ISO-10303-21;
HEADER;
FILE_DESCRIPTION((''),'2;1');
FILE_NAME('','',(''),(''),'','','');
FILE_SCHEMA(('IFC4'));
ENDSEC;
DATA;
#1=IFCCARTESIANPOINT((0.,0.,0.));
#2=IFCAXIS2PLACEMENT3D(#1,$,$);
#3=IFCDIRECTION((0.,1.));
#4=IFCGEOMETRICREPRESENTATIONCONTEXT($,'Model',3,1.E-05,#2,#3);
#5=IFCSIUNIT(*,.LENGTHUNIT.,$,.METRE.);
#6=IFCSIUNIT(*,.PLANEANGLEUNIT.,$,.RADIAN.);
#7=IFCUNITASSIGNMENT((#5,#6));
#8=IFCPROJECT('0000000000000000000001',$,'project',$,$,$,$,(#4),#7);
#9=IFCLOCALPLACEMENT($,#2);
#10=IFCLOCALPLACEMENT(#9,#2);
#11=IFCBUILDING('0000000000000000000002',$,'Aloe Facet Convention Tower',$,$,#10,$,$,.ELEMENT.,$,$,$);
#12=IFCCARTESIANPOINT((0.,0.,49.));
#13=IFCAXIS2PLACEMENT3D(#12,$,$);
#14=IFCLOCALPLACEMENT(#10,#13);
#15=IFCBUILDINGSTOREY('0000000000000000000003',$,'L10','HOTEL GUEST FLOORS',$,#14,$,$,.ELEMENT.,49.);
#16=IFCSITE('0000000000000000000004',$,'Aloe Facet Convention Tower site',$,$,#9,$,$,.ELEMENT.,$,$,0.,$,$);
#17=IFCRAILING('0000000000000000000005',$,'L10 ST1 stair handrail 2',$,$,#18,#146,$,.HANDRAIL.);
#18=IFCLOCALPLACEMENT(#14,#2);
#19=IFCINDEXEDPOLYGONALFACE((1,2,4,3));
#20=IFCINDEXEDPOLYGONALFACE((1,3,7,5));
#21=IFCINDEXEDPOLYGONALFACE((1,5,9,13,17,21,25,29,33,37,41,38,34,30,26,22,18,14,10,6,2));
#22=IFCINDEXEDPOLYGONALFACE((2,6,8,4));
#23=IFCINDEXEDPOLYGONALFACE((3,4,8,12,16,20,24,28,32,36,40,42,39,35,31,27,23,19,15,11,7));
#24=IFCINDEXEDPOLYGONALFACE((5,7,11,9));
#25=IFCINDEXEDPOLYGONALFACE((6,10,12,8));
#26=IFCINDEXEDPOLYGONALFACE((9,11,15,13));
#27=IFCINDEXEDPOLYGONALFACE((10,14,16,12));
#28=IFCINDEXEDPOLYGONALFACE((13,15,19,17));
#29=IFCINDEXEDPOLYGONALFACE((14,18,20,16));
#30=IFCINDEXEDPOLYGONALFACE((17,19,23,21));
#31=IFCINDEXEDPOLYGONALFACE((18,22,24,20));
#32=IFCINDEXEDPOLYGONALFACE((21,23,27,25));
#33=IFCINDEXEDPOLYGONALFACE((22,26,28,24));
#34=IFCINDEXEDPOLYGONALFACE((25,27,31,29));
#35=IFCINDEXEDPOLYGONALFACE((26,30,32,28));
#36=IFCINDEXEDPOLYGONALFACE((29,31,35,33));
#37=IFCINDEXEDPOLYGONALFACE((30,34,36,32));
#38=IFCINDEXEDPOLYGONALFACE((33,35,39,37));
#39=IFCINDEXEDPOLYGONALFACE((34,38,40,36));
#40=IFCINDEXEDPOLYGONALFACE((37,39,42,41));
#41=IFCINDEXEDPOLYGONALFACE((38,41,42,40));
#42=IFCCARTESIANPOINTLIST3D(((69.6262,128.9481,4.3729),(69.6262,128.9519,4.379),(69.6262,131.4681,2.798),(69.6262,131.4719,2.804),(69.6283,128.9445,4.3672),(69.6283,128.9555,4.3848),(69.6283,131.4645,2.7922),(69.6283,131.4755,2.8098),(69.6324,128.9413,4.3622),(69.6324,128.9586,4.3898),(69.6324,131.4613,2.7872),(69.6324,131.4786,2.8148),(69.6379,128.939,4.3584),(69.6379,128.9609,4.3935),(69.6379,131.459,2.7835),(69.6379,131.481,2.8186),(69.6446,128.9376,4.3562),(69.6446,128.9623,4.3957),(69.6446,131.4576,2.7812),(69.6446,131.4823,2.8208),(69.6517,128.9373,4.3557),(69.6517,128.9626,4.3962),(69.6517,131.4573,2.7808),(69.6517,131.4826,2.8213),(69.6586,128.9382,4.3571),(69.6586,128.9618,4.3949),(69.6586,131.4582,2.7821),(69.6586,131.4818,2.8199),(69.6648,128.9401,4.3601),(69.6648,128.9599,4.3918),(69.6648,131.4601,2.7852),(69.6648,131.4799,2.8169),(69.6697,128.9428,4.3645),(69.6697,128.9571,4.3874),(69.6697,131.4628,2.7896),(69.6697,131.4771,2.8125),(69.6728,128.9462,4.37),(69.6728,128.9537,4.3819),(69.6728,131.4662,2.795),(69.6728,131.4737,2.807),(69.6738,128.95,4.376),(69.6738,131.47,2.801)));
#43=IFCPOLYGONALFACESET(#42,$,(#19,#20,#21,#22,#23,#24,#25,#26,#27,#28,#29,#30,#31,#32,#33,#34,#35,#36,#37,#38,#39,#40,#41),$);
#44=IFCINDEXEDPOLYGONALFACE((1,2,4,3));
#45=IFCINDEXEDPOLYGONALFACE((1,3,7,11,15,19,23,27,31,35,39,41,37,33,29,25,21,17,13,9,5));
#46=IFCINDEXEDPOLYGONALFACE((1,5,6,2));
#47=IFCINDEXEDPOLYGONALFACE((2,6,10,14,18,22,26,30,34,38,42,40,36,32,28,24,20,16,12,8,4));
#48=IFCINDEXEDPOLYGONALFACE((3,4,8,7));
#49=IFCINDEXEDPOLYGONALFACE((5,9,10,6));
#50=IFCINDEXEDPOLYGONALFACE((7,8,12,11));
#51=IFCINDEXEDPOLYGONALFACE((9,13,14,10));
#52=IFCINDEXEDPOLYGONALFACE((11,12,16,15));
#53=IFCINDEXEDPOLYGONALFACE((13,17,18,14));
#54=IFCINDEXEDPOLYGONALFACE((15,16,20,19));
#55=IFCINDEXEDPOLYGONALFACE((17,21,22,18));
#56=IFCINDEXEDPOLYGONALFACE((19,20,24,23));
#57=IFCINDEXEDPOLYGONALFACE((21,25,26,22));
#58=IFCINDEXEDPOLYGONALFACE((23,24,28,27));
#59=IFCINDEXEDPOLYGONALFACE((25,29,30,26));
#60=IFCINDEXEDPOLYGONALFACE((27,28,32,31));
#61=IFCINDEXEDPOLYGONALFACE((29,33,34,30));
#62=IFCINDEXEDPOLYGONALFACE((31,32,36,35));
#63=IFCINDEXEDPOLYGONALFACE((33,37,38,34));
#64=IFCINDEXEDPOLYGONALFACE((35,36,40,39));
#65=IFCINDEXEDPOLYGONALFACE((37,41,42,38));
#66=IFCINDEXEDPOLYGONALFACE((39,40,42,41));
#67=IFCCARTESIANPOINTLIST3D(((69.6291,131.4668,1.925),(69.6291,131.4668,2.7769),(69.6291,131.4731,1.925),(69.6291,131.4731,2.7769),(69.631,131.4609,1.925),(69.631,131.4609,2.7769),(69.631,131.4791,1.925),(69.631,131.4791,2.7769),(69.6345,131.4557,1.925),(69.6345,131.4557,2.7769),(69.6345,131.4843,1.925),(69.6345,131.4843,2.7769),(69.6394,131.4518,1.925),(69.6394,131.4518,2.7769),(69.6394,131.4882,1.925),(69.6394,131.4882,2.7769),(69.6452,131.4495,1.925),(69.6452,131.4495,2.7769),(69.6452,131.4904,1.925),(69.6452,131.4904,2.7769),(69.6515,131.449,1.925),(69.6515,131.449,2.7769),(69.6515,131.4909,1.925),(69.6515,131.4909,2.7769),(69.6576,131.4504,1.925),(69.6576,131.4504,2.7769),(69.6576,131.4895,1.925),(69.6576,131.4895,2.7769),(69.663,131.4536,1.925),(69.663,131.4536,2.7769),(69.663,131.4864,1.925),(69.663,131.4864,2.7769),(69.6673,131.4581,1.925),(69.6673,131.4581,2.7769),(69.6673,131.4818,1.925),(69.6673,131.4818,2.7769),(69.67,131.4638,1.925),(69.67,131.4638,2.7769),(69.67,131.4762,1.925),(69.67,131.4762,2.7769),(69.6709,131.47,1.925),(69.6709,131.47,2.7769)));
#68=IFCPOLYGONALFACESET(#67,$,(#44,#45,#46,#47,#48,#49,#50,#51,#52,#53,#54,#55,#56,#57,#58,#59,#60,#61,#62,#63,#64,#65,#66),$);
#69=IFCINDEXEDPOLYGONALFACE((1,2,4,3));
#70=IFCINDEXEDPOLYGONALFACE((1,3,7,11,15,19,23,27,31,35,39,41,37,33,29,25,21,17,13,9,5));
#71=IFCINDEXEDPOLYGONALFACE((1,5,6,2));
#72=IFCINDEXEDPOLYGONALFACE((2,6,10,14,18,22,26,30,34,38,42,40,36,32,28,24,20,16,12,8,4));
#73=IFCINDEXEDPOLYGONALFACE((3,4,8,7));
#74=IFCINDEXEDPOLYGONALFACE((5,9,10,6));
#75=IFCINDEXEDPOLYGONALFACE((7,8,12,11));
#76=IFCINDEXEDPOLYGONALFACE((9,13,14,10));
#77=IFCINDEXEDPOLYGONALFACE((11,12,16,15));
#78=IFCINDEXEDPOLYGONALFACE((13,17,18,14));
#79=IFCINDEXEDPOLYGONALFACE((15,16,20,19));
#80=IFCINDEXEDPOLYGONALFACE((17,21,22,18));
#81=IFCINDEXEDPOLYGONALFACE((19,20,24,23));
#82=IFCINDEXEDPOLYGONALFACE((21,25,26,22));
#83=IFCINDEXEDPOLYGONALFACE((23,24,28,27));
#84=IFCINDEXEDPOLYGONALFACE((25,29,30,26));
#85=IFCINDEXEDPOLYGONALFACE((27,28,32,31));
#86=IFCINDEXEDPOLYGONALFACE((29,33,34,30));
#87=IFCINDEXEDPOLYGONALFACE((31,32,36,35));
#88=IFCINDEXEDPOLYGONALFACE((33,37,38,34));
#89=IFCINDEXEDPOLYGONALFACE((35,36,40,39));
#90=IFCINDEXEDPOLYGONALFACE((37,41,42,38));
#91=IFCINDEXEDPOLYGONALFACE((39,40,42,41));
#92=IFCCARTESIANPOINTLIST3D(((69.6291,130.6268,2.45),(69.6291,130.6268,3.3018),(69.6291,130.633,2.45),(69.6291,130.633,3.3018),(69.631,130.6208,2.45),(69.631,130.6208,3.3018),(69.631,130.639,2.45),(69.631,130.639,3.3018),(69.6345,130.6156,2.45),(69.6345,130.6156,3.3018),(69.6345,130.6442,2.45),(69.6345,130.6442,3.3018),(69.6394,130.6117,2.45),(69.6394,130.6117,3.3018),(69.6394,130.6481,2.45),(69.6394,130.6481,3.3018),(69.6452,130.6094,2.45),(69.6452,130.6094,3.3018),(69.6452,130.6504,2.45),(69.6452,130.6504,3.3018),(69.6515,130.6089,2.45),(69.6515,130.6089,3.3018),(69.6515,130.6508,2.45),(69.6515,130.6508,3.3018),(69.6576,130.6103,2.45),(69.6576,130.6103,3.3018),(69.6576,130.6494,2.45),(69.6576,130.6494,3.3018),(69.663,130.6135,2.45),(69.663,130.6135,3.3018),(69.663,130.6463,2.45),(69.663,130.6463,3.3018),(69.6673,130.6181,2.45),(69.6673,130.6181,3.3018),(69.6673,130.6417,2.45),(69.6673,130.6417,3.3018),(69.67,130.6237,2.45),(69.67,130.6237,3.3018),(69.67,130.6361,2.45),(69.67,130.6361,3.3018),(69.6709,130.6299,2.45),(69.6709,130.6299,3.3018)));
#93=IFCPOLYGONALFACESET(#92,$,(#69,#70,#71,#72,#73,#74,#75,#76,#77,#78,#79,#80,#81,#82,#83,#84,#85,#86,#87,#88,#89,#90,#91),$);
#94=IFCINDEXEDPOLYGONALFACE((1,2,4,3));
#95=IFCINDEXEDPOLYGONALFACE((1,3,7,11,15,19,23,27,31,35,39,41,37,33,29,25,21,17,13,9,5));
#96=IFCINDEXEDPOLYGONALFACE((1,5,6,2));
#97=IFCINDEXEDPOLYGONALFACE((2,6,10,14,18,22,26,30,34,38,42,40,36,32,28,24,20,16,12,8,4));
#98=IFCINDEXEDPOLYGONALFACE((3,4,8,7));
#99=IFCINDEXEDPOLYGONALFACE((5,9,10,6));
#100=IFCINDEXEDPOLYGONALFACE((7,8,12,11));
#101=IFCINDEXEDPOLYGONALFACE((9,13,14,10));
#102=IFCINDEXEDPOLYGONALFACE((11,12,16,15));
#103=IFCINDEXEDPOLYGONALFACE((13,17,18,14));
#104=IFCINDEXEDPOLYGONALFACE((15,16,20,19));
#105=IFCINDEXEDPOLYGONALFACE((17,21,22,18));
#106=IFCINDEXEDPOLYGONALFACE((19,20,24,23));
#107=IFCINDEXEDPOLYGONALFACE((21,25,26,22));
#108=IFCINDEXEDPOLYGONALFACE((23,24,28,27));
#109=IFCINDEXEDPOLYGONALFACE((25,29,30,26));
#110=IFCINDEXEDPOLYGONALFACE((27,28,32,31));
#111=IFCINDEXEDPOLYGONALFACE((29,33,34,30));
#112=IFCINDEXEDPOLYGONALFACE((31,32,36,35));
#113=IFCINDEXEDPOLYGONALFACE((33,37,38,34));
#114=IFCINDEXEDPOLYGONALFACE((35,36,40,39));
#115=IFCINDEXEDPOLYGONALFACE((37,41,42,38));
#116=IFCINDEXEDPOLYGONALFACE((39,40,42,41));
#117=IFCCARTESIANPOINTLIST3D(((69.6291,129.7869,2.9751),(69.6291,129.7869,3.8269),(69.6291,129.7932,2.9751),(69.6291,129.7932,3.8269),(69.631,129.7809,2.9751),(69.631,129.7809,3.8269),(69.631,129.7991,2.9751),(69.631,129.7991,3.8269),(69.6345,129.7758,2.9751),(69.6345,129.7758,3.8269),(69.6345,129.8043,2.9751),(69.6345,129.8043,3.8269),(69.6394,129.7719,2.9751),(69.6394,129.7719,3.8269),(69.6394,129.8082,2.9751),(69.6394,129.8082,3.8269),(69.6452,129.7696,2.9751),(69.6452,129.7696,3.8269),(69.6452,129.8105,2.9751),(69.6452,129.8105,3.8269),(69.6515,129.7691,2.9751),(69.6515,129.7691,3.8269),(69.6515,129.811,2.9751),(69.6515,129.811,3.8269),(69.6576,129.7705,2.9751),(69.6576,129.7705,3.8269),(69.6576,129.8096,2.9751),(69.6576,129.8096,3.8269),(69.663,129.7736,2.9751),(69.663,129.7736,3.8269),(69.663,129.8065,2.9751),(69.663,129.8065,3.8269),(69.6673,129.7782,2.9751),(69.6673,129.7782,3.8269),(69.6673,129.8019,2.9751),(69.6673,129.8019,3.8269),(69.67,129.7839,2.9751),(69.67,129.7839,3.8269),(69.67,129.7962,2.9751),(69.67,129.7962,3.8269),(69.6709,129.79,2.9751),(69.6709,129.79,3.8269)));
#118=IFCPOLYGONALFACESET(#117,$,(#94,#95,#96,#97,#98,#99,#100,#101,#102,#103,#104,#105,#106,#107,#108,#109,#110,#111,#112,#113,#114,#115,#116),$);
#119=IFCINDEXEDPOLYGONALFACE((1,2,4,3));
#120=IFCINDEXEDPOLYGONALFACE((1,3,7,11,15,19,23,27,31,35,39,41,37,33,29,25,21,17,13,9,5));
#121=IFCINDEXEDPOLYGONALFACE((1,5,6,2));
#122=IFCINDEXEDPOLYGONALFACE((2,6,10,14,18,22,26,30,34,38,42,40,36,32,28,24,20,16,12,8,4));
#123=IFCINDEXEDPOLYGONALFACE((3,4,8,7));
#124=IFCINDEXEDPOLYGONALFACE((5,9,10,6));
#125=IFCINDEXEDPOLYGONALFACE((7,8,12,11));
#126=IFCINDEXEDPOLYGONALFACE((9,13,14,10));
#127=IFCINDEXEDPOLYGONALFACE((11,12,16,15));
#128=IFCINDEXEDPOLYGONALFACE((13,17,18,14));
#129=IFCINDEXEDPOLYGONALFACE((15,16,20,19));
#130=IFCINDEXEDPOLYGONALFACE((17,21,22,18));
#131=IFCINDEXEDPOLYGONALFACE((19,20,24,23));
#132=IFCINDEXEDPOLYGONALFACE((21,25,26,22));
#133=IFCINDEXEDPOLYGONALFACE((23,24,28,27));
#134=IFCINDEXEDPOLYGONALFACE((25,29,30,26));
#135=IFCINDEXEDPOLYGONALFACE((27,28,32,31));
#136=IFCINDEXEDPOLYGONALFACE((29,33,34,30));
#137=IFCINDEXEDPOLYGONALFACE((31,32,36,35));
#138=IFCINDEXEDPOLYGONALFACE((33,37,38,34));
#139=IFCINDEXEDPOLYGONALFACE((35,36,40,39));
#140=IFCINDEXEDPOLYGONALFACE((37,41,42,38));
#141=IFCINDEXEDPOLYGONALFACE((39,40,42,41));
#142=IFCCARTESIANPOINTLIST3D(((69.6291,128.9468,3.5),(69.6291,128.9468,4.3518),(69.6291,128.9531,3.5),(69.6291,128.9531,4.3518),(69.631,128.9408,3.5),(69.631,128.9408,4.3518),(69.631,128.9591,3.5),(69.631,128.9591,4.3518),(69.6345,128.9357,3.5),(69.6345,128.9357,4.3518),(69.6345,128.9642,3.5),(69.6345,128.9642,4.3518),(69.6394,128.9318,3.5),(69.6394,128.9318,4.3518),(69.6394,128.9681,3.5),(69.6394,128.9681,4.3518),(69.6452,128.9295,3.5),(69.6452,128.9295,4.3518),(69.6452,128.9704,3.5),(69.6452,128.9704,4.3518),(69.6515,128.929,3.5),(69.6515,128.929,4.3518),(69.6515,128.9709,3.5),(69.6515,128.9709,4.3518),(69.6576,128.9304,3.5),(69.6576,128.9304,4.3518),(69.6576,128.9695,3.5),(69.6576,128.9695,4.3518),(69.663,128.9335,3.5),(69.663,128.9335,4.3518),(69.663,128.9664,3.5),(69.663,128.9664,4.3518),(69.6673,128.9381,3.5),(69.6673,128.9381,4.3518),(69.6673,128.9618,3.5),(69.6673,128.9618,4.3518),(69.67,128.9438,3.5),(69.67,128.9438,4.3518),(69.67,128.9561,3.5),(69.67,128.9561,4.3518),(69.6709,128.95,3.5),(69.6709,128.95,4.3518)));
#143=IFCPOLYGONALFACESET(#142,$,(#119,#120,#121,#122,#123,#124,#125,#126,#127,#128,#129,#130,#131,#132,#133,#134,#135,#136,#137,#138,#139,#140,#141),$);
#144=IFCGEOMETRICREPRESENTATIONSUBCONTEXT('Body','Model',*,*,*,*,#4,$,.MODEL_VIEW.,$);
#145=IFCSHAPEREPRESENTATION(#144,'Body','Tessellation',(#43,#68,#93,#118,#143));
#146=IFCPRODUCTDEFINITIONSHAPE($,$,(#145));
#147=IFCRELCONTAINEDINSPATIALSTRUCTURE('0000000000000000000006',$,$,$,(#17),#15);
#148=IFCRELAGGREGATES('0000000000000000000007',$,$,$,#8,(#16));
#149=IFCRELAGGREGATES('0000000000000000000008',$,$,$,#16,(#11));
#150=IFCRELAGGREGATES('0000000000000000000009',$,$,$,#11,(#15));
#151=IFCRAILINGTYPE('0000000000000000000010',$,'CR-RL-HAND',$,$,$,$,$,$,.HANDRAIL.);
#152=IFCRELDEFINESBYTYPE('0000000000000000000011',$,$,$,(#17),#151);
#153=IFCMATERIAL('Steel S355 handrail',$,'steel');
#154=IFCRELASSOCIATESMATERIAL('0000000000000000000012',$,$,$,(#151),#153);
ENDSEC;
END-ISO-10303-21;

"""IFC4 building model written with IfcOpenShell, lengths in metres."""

from ifc_helpers import new_model, si_unit, direction, frame, origin, origin_2d, place, context, subcontext, project, spatial, circle, extrude, material, type_object, element, save


model = new_model("IFC4")

# Units and contexts
model_context = context("Model", 3, precision=1e-05, world=origin(), true_north=direction((0.0, 1.0)))
body_context = subcontext(model_context, "Body", "Model", "MODEL_VIEW")
ifc_project = project(units=[si_unit("LENGTHUNIT", "METRE"), si_unit("PLANEANGLEUNIT", "RADIAN")], contexts=[model_context])

# Site, building, storey
site_placement = place(None, origin())
site = spatial("IfcSite", under=ifc_project, at=site_placement, Name="Aloe Facet Convention Tower site", CompositionType="ELEMENT", RefElevation=0.0)
building_placement = place(site_placement, origin())
building = spatial("IfcBuilding", under=site, at=building_placement, Name="Aloe Facet Convention Tower", CompositionType="ELEMENT")
storey_placement = place(building_placement, frame((0.0, 0.0, 49.0)))
storey = spatial("IfcBuildingStorey", under=building, at=storey_placement, Name="L10", Description="HOTEL GUEST FLOORS", CompositionType="ELEMENT", Elevation=49.0)

# Railing
ifc_material_1 = material(Name="Steel S355 handrail", Category="steel")
railing_type_1 = type_object("IfcRailingType", Name="CR-RL-HAND", PredefinedType="HANDRAIL", material=ifc_material_1)
railing_1_placement = place(storey_placement, frame((69.6499, 131.47, 1.925)))
element("IfcRailing", 1, at=railing_1_placement, inside=storey, type_object=railing_type_1, Name="L10 ST1 stair handrail 2", PredefinedType="HANDRAIL", context=body_context, shape_type="SweptSolid", body=[
    extrude(circle(Radius=0.0239, at=origin_2d()), frame((0.0, 0.0, 0.876), z_axis=(0.0, -0.848008, 0.529984), x_axis=(1.0, 0.0, 0.0)), (0.0, 0.0, 1.0), 2.9717),
    extrude(circle(Radius=0.021, at=origin_2d()), origin(), (0.0, 0.0, 1.0), 0.8518),
    extrude(circle(Radius=0.021, at=origin_2d()), frame((0.0, -0.8401, 0.5249)), (0.0, 0.0, 1.0), 0.8518),
    extrude(circle(Radius=0.021, at=origin_2d()), frame((0.0, -1.6799, 1.05)), (0.0, 0.0, 1.0), 0.8518),
    extrude(circle(Radius=0.021, at=origin_2d()), frame((0.0, -2.52, 1.575)), (0.0, 0.0, 1.0), 0.8518),
])

save(model, "model.ifc")
